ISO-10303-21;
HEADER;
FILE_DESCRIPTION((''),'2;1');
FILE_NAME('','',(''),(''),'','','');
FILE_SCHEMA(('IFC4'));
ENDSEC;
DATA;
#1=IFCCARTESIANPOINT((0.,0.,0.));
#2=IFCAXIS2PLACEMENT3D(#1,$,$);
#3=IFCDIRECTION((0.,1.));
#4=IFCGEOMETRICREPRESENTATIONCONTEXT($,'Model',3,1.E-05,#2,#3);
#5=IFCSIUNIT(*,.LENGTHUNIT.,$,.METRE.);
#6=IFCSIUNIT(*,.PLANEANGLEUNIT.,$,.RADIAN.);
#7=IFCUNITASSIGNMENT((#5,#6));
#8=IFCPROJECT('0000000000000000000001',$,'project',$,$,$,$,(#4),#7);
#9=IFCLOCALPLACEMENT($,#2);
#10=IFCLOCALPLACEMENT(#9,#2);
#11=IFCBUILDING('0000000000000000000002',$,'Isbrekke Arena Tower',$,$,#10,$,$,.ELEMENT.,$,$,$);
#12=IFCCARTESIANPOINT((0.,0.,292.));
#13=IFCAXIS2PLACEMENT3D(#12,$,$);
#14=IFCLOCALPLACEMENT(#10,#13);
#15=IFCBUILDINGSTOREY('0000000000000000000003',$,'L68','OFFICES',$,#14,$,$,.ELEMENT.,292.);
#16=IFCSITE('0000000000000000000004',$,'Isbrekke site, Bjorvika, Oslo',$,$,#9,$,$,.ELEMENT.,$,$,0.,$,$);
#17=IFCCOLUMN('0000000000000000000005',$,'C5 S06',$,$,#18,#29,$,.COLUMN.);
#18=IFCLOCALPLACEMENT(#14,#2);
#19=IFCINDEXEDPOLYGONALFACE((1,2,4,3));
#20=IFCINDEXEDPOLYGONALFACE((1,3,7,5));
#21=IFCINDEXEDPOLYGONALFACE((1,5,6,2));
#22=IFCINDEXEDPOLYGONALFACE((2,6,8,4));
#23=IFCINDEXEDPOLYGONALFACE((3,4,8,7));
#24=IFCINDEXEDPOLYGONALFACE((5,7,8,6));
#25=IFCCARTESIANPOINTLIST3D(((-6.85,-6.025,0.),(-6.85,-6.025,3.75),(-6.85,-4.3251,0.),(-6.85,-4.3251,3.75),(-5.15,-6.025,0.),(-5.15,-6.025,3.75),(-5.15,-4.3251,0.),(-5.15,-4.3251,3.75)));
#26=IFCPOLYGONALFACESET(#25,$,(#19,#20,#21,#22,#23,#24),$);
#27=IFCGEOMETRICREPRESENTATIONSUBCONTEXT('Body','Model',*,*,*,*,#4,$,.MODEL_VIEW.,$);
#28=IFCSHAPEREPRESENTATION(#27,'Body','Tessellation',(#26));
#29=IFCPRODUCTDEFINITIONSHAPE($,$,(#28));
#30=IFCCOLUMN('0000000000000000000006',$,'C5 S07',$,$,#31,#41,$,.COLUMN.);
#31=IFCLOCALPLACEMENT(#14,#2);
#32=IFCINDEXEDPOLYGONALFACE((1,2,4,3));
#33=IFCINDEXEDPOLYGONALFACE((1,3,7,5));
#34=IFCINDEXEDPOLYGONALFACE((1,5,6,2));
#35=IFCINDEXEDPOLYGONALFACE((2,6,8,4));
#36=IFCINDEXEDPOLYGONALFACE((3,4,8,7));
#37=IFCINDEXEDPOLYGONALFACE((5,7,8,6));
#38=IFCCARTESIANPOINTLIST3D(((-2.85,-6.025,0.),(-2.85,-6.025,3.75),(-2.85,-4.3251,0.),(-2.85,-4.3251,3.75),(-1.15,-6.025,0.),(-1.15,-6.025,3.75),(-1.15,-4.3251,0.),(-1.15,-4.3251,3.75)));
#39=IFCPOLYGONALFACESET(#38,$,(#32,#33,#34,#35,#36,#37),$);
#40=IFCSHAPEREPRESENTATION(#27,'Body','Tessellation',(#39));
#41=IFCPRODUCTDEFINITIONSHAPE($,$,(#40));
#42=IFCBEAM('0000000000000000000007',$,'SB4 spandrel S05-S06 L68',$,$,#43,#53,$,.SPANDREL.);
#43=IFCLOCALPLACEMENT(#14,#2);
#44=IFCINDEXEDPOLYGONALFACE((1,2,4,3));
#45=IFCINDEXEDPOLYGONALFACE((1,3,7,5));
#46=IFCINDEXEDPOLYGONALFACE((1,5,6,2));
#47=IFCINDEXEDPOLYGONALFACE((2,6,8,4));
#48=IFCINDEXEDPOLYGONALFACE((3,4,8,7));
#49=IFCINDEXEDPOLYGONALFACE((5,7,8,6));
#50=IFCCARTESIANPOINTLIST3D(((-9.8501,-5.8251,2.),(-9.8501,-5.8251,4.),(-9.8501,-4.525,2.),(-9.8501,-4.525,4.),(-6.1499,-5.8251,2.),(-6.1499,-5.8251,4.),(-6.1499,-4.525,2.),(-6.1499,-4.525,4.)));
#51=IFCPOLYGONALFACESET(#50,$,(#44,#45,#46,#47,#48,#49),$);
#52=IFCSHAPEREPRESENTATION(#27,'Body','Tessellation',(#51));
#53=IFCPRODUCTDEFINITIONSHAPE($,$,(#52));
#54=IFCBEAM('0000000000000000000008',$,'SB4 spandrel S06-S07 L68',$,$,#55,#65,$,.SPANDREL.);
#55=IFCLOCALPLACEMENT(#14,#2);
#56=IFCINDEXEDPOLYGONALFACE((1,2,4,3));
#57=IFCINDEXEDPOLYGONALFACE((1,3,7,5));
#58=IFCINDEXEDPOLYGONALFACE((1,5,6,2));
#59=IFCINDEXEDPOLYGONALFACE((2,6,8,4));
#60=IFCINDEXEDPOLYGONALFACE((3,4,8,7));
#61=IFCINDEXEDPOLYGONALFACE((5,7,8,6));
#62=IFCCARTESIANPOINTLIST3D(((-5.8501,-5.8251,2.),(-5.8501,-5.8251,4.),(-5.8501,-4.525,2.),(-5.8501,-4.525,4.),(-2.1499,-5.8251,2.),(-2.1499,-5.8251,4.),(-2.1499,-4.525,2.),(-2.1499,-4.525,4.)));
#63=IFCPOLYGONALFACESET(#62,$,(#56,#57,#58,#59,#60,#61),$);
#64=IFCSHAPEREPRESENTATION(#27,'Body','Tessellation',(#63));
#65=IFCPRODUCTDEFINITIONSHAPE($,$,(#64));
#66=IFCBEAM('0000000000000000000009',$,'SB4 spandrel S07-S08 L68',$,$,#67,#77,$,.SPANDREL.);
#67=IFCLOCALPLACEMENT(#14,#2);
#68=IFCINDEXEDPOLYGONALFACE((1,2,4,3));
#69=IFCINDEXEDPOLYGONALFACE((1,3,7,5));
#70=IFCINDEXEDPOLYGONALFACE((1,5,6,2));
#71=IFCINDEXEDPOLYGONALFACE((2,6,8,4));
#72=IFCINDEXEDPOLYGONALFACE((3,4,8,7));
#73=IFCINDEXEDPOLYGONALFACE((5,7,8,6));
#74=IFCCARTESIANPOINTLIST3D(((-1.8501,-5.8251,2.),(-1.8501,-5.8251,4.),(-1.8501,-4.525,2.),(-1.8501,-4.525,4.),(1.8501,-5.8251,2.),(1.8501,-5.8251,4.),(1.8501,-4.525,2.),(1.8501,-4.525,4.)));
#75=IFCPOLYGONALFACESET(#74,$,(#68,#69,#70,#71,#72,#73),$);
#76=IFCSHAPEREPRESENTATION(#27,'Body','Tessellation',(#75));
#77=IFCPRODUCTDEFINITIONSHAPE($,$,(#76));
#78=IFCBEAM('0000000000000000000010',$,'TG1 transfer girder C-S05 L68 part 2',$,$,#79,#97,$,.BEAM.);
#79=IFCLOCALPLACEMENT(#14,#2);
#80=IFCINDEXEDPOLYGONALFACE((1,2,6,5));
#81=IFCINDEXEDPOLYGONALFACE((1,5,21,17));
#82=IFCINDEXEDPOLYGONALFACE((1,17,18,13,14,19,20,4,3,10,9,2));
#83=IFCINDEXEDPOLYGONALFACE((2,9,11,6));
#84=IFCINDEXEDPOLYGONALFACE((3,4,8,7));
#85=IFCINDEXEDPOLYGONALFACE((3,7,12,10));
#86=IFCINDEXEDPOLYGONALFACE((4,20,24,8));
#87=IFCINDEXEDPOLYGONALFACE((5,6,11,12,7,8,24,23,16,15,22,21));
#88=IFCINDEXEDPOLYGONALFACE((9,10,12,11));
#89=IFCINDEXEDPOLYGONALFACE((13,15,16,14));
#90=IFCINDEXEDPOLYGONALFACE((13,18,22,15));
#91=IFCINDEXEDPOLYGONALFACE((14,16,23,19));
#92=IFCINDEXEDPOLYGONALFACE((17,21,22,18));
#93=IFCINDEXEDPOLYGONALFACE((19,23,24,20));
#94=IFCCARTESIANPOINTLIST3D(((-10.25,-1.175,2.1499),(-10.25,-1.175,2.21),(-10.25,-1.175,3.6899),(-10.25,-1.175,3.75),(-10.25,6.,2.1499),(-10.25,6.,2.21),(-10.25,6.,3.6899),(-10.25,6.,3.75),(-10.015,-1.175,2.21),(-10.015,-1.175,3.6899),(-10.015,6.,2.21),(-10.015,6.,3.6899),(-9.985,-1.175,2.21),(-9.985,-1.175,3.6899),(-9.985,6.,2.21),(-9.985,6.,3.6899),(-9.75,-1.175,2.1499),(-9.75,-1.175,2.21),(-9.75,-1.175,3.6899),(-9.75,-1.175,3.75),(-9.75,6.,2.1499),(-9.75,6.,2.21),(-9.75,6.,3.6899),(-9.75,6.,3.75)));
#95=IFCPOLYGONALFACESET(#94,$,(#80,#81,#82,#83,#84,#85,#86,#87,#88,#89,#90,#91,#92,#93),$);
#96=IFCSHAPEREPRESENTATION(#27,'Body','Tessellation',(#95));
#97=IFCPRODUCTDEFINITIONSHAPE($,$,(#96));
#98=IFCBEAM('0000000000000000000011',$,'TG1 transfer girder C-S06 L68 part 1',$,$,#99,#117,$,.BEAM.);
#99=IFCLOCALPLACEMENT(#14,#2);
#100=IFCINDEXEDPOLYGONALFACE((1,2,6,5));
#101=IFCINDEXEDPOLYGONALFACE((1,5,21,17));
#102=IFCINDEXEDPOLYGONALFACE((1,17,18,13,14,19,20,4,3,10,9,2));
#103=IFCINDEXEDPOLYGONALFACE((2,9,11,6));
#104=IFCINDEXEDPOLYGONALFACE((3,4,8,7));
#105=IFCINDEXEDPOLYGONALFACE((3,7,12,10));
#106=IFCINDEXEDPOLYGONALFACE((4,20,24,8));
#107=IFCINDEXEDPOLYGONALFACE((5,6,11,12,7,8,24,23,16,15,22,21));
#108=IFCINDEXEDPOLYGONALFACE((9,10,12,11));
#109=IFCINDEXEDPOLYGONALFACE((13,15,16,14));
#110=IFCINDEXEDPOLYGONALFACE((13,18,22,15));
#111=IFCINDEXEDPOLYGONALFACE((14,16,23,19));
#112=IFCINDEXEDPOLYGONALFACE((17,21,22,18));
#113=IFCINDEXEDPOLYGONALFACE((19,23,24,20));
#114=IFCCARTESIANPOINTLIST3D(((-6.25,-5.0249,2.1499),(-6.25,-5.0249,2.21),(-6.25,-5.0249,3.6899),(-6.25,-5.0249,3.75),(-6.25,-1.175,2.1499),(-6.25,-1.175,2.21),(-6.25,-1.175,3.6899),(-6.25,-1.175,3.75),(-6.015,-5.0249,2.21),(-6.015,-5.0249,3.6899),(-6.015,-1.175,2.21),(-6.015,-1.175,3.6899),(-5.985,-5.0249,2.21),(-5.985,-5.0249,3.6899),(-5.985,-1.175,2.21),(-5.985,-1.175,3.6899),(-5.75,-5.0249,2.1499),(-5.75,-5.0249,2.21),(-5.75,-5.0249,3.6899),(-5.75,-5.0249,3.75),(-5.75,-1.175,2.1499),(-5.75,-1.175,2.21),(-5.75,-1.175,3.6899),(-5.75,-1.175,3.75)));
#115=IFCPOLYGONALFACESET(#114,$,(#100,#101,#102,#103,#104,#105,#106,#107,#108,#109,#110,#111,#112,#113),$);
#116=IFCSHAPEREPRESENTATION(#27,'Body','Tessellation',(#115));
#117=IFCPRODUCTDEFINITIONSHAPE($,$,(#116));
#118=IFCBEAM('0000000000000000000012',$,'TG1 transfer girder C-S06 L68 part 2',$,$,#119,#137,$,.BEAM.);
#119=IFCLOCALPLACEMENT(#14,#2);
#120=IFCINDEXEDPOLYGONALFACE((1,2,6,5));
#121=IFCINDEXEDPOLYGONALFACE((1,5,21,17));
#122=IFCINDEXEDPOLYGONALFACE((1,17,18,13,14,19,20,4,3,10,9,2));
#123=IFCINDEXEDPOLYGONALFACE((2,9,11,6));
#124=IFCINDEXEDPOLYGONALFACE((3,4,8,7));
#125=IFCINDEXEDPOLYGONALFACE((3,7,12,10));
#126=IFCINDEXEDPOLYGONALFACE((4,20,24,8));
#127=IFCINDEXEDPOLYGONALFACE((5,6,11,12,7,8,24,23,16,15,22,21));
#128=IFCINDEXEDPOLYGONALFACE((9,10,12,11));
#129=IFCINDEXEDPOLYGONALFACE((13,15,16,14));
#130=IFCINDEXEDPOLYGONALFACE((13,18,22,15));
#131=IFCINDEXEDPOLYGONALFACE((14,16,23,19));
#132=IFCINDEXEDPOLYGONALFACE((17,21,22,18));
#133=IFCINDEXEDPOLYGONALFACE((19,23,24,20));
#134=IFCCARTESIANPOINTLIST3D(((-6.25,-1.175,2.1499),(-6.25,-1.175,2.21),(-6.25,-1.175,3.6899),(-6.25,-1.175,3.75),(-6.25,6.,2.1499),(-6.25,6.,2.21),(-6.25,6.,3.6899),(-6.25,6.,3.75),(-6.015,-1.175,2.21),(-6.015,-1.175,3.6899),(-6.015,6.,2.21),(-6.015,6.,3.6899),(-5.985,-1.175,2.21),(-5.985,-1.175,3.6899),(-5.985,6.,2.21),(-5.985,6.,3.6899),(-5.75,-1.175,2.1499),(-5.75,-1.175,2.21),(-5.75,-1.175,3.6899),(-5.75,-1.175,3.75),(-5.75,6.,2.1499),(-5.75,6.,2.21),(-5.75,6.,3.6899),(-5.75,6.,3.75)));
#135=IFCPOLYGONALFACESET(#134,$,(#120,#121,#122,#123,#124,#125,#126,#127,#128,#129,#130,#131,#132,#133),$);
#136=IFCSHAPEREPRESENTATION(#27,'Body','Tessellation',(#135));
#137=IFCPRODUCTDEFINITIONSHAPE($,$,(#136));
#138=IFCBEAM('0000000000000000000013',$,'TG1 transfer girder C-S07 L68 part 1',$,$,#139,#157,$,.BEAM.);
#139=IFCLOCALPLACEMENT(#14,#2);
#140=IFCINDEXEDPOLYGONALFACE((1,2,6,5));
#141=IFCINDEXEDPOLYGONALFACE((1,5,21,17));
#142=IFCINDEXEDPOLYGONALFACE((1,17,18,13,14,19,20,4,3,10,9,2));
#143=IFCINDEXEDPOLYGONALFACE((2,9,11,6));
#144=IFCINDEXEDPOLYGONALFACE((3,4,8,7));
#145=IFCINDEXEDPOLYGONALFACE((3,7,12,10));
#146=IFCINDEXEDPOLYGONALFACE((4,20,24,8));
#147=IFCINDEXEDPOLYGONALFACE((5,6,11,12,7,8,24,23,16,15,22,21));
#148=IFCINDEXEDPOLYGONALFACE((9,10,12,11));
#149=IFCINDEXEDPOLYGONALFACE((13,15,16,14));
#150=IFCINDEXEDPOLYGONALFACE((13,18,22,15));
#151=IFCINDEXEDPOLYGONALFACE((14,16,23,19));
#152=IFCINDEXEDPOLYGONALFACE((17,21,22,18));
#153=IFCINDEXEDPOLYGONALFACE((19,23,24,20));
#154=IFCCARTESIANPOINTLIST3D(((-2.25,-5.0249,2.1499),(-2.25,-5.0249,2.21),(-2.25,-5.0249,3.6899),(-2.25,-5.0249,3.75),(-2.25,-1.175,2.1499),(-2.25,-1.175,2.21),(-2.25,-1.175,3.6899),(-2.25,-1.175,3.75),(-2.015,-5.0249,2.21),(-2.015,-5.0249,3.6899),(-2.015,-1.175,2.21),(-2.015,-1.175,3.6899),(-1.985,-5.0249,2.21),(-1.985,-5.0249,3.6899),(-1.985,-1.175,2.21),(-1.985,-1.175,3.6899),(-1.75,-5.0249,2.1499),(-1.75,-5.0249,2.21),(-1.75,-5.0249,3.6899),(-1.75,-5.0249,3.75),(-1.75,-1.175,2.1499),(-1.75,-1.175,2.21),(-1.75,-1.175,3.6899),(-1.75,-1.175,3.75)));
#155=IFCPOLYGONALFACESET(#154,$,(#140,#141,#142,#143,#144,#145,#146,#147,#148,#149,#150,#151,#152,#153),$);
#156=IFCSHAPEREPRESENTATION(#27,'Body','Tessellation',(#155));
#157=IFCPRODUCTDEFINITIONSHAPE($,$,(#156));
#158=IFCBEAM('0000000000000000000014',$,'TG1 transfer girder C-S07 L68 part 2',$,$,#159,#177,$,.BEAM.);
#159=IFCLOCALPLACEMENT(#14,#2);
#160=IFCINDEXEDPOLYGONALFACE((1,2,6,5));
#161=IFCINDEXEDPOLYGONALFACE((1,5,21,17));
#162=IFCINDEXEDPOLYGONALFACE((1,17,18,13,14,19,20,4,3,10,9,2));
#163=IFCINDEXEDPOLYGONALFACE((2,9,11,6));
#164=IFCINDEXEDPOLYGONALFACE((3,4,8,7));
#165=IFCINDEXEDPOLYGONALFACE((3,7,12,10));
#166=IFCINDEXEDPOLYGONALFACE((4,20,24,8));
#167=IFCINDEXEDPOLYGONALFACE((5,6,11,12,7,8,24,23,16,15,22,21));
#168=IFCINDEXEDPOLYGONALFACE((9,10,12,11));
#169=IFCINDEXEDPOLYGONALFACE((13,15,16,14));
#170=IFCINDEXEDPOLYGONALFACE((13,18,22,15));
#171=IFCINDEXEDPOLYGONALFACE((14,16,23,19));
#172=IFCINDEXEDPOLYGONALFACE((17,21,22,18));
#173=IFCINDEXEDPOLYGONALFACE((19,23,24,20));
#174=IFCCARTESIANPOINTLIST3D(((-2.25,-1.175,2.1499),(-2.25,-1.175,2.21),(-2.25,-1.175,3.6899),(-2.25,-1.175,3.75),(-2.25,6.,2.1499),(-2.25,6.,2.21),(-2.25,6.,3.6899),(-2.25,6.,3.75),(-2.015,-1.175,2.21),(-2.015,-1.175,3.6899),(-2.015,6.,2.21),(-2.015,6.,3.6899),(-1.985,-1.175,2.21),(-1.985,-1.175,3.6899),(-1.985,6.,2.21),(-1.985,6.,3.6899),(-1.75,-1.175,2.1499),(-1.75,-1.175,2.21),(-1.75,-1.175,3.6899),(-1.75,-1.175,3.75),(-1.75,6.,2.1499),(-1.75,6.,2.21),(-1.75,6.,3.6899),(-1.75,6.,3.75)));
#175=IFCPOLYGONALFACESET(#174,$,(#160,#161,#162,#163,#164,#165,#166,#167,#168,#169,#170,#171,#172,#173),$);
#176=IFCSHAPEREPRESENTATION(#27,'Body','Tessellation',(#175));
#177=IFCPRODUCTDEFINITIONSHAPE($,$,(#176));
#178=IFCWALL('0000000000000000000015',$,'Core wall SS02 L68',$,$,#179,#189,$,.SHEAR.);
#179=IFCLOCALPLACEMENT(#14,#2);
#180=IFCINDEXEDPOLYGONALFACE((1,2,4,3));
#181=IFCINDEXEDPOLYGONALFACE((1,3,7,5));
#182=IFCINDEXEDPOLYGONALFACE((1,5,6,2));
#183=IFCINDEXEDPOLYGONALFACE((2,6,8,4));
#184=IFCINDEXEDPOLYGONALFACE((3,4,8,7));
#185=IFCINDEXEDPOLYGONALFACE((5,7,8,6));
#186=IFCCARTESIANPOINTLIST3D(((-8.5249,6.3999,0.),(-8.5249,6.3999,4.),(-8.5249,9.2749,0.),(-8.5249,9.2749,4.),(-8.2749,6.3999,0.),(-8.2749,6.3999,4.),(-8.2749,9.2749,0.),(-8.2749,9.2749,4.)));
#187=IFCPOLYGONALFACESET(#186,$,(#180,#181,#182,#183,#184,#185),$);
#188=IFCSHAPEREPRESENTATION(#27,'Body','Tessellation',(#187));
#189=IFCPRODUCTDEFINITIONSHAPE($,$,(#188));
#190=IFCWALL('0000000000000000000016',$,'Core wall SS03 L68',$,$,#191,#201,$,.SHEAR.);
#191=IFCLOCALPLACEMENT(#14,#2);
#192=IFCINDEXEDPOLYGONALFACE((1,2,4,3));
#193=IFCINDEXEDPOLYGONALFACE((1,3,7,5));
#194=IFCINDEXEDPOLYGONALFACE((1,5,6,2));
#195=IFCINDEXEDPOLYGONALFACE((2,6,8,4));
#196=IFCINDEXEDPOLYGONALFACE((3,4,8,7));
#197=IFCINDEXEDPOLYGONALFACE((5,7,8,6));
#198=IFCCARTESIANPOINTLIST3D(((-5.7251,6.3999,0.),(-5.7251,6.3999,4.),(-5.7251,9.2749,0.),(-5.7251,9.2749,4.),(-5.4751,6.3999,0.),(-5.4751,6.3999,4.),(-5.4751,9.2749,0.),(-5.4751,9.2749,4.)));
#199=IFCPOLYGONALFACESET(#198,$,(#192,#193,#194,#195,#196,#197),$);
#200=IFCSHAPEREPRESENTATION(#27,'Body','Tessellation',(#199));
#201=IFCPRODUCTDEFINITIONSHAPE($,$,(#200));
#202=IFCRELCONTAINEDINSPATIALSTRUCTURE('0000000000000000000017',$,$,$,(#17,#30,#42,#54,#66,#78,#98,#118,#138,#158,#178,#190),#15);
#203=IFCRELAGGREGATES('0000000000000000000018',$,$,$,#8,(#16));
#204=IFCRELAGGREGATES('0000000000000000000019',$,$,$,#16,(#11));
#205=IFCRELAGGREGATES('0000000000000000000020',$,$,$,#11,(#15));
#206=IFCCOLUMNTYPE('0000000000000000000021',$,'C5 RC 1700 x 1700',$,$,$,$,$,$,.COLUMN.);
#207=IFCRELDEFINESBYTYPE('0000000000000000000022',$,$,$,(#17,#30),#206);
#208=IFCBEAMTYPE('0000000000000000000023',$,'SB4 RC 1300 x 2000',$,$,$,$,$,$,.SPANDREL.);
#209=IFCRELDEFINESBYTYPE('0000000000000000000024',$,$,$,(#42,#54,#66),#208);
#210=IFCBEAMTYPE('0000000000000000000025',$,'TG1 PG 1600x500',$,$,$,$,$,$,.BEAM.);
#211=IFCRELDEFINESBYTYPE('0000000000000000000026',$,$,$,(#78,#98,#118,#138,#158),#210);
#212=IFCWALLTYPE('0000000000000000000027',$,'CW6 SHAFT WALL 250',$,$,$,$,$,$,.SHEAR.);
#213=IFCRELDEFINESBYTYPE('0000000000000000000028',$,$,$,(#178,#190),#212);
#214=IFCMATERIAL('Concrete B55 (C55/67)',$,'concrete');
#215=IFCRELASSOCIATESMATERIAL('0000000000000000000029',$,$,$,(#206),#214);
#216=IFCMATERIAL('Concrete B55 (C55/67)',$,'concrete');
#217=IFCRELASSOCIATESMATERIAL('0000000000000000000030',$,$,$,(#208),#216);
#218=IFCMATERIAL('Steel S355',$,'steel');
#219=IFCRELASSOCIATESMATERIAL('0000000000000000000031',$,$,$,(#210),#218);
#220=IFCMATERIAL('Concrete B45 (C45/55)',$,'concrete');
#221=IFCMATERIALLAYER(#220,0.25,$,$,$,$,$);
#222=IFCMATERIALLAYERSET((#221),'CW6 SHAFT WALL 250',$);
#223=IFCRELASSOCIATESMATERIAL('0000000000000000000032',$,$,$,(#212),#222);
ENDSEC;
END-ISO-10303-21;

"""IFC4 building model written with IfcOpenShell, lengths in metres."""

from ifc_helpers import new_model, si_unit, direction, frame, frame_2d, origin, origin_2d, place, context, subcontext, project, spatial, rectangle, i_section, extrude, material, layer, layer_set, material_profile, profile_set, type_object, element, save


model = new_model("IFC4")

# Units and contexts
model_context = context("Model", 3, precision=1e-05, world=origin(), true_north=direction((0.0, 1.0)))
body_context = subcontext(model_context, "Body", "Model", "MODEL_VIEW")
ifc_project = project(units=[si_unit("LENGTHUNIT", "METRE"), si_unit("PLANEANGLEUNIT", "RADIAN")], contexts=[model_context])

# Site, building, storey
site_placement = place(None, origin())
site = spatial("IfcSite", under=ifc_project, at=site_placement, Name="Isbrekke site, Bjorvika, Oslo", CompositionType="ELEMENT", RefElevation=0.0)
building_placement = place(site_placement, origin())
building = spatial("IfcBuilding", under=site, at=building_placement, Name="Isbrekke Arena Tower", CompositionType="ELEMENT")
storey_placement = place(building_placement, frame((0.0, 0.0, 292.0)))
storey = spatial("IfcBuildingStorey", under=building, at=storey_placement, Name="L68", Description="OFFICES", CompositionType="ELEMENT", Elevation=292.0)

# Columns
ifc_material_1 = material(Name="Concrete B55 (C55/67)", Category="concrete")
ifc_material_profile_1 = material_profile(ifc_material_1, rectangle(XDim=1.7, YDim=1.7, at=origin_2d()), Name="RC 1700x1700")
ifc_profile_set_1 = profile_set([ifc_material_profile_1], Name="Concrete B55 (C55/67)")
column_type = type_object("IfcColumnType", Name="C5 RC 1700 x 1700", PredefinedType="COLUMN", material=ifc_profile_set_1)
for number, where, z_axis, x_axis, name in (
    (1, (-6.0, -5.175, 0.0), (0.0, 0.0, 1.0), (1.0, 0.0, 0.0), "C5 S06"),
    (2, (-2.0, -5.175, 0.0), (0.0, 0.0, 1.0), (1.0, 0.0, 0.0), "C5 S07"),
):
    element("IfcColumn", number, at=place(storey_placement, frame(where, z_axis=z_axis, x_axis=x_axis)), inside=storey, type_object=column_type, Name=name, PredefinedType="COLUMN", context=body_context, shape_type="SweptSolid", body=[
        extrude(rectangle(XDim=1.7, YDim=1.7, at=origin_2d()), origin(), (0.0, 0.0, 1.0), 3.75),
    ])

# Beams
ifc_material_2 = material(Name="Concrete B55 (C55/67)", Category="concrete")
ifc_material_profile_2 = material_profile(ifc_material_2, rectangle(XDim=1.3, YDim=2.0, at=origin_2d()), Name="RC 1300x2000")
ifc_profile_set_2 = profile_set([ifc_material_profile_2], Name="Concrete B55 (C55/67)")
beam_type_1 = type_object("IfcBeamType", Name="SB4 RC 1300 x 2000", PredefinedType="SPANDREL", material=ifc_profile_set_2)
for number, where, z_axis, x_axis, name in (
    (3, (-9.8501, -5.175, 3.0), (1.0, 0.0, 0.0), (0.0, 1.0, 0.0), "SB4 spandrel S05-S06 L68"),
    (4, (-5.8501, -5.175, 3.0), (1.0, 0.0, 0.0), (0.0, 1.0, 0.0), "SB4 spandrel S06-S07 L68"),
    (5, (-1.8501, -5.175, 3.0), (1.0, 0.0, 0.0), (0.0, 1.0, 0.0), "SB4 spandrel S07-S08 L68"),
):
    element("IfcBeam", number, at=place(storey_placement, frame(where, z_axis=z_axis, x_axis=x_axis)), inside=storey, type_object=beam_type_1, Name=name, PredefinedType="SPANDREL", context=body_context, shape_type="SweptSolid", body=[
        extrude(rectangle(XDim=1.3, YDim=2.0, at=origin_2d()), origin(), (0.0, 0.0, 1.0), 3.7002),
    ])
ifc_material_3 = material(Name="Steel S355", Category="steel")
ifc_material_profile_3 = material_profile(ifc_material_3, i_section(OverallWidth=0.5, OverallDepth=1.6001, WebThickness=0.03, FlangeThickness=0.0601, at=origin_2d()), Name="PG 1600x500")
ifc_profile_set_3 = profile_set([ifc_material_profile_3], Name="Steel S355")
beam_type_2 = type_object("IfcBeamType", Name="TG1 PG 1600x500", PredefinedType="BEAM", material=ifc_profile_set_3)
beam_1_placement = place(storey_placement, frame((-10.0, -1.175, 2.95), z_axis=(0.0, 1.0, 0.0), x_axis=(-1.0, 0.0, 0.0)))
element("IfcBeam", 6, at=beam_1_placement, inside=storey, type_object=beam_type_2, Name="TG1 transfer girder C-S05 L68 part 2", PredefinedType="BEAM", context=body_context, shape_type="SweptSolid", body=[
    extrude(i_section(OverallWidth=0.5, OverallDepth=1.6001, WebThickness=0.03, FlangeThickness=0.0601, at=origin_2d()), origin(), (0.0, 0.0, 1.0), 7.175),
])
beam_2_placement = place(storey_placement, frame((-6.0, -5.0249, 2.95), z_axis=(0.0, 1.0, 0.0), x_axis=(-1.0, 0.0, 0.0)))
element("IfcBeam", 7, at=beam_2_placement, inside=storey, type_object=beam_type_2, Name="TG1 transfer girder C-S06 L68 part 1", PredefinedType="BEAM", context=body_context, shape_type="SweptSolid", body=[
    extrude(i_section(OverallWidth=0.5, OverallDepth=1.6001, WebThickness=0.03, FlangeThickness=0.0601, at=origin_2d()), origin(), (0.0, 0.0, 1.0), 3.8499),
])
beam_3_placement = place(storey_placement, frame((-6.0, -1.175, 2.95), z_axis=(0.0, 1.0, 0.0), x_axis=(-1.0, 0.0, 0.0)))
element("IfcBeam", 8, at=beam_3_placement, inside=storey, type_object=beam_type_2, Name="TG1 transfer girder C-S06 L68 part 2", PredefinedType="BEAM", context=body_context, shape_type="SweptSolid", body=[
    extrude(i_section(OverallWidth=0.5, OverallDepth=1.6001, WebThickness=0.03, FlangeThickness=0.0601, at=origin_2d()), origin(), (0.0, 0.0, 1.0), 7.175),
])
beam_4_placement = place(storey_placement, frame((-2.0, -5.0249, 2.95), z_axis=(0.0, 1.0, 0.0), x_axis=(-1.0, 0.0, 0.0)))
element("IfcBeam", 9, at=beam_4_placement, inside=storey, type_object=beam_type_2, Name="TG1 transfer girder C-S07 L68 part 1", PredefinedType="BEAM", context=body_context, shape_type="SweptSolid", body=[
    extrude(i_section(OverallWidth=0.5, OverallDepth=1.6001, WebThickness=0.03, FlangeThickness=0.0601, at=origin_2d()), origin(), (0.0, 0.0, 1.0), 3.8499),
])
beam_5_placement = place(storey_placement, frame((-2.0, -1.175, 2.95), z_axis=(0.0, 1.0, 0.0), x_axis=(-1.0, 0.0, 0.0)))
element("IfcBeam", 10, at=beam_5_placement, inside=storey, type_object=beam_type_2, Name="TG1 transfer girder C-S07 L68 part 2", PredefinedType="BEAM", context=body_context, shape_type="SweptSolid", body=[
    extrude(i_section(OverallWidth=0.5, OverallDepth=1.6001, WebThickness=0.03, FlangeThickness=0.0601, at=origin_2d()), origin(), (0.0, 0.0, 1.0), 7.175),
])

# Walls
ifc_material_4 = material(Name="Concrete B45 (C45/55)", Category="concrete")
ifc_layer_1 = layer(ifc_material_4, 0.25)
ifc_layer_set_1 = layer_set([ifc_layer_1], Name="CW6 SHAFT WALL 250")
wall_type_1 = type_object("IfcWallType", Name="CW6 SHAFT WALL 250", PredefinedType="SHEAR", material=ifc_layer_set_1)
for number, where, z_axis, x_axis, name in (
    (11, (-8.3999, 6.3999, 0.0), (0.0, 0.0, 1.0), (0.0, 1.0, 0.0), "Core wall SS02 L68"),
    (12, (-5.6001, 6.3999, 0.0), (0.0, 0.0, 1.0), (0.0, 1.0, 0.0), "Core wall SS03 L68"),
):
    element("IfcWall", number, at=place(storey_placement, frame(where, z_axis=z_axis, x_axis=x_axis)), inside=storey, type_object=wall_type_1, Name=name, PredefinedType="SHEAR", context=body_context, shape_type="SweptSolid", body=[
        extrude(rectangle(XDim=2.875, YDim=0.25, at=frame_2d((1.4375, 0.0))), origin(), (0.0, 0.0, 1.0), 4.0),
    ])

save(model, "model.ifc")
